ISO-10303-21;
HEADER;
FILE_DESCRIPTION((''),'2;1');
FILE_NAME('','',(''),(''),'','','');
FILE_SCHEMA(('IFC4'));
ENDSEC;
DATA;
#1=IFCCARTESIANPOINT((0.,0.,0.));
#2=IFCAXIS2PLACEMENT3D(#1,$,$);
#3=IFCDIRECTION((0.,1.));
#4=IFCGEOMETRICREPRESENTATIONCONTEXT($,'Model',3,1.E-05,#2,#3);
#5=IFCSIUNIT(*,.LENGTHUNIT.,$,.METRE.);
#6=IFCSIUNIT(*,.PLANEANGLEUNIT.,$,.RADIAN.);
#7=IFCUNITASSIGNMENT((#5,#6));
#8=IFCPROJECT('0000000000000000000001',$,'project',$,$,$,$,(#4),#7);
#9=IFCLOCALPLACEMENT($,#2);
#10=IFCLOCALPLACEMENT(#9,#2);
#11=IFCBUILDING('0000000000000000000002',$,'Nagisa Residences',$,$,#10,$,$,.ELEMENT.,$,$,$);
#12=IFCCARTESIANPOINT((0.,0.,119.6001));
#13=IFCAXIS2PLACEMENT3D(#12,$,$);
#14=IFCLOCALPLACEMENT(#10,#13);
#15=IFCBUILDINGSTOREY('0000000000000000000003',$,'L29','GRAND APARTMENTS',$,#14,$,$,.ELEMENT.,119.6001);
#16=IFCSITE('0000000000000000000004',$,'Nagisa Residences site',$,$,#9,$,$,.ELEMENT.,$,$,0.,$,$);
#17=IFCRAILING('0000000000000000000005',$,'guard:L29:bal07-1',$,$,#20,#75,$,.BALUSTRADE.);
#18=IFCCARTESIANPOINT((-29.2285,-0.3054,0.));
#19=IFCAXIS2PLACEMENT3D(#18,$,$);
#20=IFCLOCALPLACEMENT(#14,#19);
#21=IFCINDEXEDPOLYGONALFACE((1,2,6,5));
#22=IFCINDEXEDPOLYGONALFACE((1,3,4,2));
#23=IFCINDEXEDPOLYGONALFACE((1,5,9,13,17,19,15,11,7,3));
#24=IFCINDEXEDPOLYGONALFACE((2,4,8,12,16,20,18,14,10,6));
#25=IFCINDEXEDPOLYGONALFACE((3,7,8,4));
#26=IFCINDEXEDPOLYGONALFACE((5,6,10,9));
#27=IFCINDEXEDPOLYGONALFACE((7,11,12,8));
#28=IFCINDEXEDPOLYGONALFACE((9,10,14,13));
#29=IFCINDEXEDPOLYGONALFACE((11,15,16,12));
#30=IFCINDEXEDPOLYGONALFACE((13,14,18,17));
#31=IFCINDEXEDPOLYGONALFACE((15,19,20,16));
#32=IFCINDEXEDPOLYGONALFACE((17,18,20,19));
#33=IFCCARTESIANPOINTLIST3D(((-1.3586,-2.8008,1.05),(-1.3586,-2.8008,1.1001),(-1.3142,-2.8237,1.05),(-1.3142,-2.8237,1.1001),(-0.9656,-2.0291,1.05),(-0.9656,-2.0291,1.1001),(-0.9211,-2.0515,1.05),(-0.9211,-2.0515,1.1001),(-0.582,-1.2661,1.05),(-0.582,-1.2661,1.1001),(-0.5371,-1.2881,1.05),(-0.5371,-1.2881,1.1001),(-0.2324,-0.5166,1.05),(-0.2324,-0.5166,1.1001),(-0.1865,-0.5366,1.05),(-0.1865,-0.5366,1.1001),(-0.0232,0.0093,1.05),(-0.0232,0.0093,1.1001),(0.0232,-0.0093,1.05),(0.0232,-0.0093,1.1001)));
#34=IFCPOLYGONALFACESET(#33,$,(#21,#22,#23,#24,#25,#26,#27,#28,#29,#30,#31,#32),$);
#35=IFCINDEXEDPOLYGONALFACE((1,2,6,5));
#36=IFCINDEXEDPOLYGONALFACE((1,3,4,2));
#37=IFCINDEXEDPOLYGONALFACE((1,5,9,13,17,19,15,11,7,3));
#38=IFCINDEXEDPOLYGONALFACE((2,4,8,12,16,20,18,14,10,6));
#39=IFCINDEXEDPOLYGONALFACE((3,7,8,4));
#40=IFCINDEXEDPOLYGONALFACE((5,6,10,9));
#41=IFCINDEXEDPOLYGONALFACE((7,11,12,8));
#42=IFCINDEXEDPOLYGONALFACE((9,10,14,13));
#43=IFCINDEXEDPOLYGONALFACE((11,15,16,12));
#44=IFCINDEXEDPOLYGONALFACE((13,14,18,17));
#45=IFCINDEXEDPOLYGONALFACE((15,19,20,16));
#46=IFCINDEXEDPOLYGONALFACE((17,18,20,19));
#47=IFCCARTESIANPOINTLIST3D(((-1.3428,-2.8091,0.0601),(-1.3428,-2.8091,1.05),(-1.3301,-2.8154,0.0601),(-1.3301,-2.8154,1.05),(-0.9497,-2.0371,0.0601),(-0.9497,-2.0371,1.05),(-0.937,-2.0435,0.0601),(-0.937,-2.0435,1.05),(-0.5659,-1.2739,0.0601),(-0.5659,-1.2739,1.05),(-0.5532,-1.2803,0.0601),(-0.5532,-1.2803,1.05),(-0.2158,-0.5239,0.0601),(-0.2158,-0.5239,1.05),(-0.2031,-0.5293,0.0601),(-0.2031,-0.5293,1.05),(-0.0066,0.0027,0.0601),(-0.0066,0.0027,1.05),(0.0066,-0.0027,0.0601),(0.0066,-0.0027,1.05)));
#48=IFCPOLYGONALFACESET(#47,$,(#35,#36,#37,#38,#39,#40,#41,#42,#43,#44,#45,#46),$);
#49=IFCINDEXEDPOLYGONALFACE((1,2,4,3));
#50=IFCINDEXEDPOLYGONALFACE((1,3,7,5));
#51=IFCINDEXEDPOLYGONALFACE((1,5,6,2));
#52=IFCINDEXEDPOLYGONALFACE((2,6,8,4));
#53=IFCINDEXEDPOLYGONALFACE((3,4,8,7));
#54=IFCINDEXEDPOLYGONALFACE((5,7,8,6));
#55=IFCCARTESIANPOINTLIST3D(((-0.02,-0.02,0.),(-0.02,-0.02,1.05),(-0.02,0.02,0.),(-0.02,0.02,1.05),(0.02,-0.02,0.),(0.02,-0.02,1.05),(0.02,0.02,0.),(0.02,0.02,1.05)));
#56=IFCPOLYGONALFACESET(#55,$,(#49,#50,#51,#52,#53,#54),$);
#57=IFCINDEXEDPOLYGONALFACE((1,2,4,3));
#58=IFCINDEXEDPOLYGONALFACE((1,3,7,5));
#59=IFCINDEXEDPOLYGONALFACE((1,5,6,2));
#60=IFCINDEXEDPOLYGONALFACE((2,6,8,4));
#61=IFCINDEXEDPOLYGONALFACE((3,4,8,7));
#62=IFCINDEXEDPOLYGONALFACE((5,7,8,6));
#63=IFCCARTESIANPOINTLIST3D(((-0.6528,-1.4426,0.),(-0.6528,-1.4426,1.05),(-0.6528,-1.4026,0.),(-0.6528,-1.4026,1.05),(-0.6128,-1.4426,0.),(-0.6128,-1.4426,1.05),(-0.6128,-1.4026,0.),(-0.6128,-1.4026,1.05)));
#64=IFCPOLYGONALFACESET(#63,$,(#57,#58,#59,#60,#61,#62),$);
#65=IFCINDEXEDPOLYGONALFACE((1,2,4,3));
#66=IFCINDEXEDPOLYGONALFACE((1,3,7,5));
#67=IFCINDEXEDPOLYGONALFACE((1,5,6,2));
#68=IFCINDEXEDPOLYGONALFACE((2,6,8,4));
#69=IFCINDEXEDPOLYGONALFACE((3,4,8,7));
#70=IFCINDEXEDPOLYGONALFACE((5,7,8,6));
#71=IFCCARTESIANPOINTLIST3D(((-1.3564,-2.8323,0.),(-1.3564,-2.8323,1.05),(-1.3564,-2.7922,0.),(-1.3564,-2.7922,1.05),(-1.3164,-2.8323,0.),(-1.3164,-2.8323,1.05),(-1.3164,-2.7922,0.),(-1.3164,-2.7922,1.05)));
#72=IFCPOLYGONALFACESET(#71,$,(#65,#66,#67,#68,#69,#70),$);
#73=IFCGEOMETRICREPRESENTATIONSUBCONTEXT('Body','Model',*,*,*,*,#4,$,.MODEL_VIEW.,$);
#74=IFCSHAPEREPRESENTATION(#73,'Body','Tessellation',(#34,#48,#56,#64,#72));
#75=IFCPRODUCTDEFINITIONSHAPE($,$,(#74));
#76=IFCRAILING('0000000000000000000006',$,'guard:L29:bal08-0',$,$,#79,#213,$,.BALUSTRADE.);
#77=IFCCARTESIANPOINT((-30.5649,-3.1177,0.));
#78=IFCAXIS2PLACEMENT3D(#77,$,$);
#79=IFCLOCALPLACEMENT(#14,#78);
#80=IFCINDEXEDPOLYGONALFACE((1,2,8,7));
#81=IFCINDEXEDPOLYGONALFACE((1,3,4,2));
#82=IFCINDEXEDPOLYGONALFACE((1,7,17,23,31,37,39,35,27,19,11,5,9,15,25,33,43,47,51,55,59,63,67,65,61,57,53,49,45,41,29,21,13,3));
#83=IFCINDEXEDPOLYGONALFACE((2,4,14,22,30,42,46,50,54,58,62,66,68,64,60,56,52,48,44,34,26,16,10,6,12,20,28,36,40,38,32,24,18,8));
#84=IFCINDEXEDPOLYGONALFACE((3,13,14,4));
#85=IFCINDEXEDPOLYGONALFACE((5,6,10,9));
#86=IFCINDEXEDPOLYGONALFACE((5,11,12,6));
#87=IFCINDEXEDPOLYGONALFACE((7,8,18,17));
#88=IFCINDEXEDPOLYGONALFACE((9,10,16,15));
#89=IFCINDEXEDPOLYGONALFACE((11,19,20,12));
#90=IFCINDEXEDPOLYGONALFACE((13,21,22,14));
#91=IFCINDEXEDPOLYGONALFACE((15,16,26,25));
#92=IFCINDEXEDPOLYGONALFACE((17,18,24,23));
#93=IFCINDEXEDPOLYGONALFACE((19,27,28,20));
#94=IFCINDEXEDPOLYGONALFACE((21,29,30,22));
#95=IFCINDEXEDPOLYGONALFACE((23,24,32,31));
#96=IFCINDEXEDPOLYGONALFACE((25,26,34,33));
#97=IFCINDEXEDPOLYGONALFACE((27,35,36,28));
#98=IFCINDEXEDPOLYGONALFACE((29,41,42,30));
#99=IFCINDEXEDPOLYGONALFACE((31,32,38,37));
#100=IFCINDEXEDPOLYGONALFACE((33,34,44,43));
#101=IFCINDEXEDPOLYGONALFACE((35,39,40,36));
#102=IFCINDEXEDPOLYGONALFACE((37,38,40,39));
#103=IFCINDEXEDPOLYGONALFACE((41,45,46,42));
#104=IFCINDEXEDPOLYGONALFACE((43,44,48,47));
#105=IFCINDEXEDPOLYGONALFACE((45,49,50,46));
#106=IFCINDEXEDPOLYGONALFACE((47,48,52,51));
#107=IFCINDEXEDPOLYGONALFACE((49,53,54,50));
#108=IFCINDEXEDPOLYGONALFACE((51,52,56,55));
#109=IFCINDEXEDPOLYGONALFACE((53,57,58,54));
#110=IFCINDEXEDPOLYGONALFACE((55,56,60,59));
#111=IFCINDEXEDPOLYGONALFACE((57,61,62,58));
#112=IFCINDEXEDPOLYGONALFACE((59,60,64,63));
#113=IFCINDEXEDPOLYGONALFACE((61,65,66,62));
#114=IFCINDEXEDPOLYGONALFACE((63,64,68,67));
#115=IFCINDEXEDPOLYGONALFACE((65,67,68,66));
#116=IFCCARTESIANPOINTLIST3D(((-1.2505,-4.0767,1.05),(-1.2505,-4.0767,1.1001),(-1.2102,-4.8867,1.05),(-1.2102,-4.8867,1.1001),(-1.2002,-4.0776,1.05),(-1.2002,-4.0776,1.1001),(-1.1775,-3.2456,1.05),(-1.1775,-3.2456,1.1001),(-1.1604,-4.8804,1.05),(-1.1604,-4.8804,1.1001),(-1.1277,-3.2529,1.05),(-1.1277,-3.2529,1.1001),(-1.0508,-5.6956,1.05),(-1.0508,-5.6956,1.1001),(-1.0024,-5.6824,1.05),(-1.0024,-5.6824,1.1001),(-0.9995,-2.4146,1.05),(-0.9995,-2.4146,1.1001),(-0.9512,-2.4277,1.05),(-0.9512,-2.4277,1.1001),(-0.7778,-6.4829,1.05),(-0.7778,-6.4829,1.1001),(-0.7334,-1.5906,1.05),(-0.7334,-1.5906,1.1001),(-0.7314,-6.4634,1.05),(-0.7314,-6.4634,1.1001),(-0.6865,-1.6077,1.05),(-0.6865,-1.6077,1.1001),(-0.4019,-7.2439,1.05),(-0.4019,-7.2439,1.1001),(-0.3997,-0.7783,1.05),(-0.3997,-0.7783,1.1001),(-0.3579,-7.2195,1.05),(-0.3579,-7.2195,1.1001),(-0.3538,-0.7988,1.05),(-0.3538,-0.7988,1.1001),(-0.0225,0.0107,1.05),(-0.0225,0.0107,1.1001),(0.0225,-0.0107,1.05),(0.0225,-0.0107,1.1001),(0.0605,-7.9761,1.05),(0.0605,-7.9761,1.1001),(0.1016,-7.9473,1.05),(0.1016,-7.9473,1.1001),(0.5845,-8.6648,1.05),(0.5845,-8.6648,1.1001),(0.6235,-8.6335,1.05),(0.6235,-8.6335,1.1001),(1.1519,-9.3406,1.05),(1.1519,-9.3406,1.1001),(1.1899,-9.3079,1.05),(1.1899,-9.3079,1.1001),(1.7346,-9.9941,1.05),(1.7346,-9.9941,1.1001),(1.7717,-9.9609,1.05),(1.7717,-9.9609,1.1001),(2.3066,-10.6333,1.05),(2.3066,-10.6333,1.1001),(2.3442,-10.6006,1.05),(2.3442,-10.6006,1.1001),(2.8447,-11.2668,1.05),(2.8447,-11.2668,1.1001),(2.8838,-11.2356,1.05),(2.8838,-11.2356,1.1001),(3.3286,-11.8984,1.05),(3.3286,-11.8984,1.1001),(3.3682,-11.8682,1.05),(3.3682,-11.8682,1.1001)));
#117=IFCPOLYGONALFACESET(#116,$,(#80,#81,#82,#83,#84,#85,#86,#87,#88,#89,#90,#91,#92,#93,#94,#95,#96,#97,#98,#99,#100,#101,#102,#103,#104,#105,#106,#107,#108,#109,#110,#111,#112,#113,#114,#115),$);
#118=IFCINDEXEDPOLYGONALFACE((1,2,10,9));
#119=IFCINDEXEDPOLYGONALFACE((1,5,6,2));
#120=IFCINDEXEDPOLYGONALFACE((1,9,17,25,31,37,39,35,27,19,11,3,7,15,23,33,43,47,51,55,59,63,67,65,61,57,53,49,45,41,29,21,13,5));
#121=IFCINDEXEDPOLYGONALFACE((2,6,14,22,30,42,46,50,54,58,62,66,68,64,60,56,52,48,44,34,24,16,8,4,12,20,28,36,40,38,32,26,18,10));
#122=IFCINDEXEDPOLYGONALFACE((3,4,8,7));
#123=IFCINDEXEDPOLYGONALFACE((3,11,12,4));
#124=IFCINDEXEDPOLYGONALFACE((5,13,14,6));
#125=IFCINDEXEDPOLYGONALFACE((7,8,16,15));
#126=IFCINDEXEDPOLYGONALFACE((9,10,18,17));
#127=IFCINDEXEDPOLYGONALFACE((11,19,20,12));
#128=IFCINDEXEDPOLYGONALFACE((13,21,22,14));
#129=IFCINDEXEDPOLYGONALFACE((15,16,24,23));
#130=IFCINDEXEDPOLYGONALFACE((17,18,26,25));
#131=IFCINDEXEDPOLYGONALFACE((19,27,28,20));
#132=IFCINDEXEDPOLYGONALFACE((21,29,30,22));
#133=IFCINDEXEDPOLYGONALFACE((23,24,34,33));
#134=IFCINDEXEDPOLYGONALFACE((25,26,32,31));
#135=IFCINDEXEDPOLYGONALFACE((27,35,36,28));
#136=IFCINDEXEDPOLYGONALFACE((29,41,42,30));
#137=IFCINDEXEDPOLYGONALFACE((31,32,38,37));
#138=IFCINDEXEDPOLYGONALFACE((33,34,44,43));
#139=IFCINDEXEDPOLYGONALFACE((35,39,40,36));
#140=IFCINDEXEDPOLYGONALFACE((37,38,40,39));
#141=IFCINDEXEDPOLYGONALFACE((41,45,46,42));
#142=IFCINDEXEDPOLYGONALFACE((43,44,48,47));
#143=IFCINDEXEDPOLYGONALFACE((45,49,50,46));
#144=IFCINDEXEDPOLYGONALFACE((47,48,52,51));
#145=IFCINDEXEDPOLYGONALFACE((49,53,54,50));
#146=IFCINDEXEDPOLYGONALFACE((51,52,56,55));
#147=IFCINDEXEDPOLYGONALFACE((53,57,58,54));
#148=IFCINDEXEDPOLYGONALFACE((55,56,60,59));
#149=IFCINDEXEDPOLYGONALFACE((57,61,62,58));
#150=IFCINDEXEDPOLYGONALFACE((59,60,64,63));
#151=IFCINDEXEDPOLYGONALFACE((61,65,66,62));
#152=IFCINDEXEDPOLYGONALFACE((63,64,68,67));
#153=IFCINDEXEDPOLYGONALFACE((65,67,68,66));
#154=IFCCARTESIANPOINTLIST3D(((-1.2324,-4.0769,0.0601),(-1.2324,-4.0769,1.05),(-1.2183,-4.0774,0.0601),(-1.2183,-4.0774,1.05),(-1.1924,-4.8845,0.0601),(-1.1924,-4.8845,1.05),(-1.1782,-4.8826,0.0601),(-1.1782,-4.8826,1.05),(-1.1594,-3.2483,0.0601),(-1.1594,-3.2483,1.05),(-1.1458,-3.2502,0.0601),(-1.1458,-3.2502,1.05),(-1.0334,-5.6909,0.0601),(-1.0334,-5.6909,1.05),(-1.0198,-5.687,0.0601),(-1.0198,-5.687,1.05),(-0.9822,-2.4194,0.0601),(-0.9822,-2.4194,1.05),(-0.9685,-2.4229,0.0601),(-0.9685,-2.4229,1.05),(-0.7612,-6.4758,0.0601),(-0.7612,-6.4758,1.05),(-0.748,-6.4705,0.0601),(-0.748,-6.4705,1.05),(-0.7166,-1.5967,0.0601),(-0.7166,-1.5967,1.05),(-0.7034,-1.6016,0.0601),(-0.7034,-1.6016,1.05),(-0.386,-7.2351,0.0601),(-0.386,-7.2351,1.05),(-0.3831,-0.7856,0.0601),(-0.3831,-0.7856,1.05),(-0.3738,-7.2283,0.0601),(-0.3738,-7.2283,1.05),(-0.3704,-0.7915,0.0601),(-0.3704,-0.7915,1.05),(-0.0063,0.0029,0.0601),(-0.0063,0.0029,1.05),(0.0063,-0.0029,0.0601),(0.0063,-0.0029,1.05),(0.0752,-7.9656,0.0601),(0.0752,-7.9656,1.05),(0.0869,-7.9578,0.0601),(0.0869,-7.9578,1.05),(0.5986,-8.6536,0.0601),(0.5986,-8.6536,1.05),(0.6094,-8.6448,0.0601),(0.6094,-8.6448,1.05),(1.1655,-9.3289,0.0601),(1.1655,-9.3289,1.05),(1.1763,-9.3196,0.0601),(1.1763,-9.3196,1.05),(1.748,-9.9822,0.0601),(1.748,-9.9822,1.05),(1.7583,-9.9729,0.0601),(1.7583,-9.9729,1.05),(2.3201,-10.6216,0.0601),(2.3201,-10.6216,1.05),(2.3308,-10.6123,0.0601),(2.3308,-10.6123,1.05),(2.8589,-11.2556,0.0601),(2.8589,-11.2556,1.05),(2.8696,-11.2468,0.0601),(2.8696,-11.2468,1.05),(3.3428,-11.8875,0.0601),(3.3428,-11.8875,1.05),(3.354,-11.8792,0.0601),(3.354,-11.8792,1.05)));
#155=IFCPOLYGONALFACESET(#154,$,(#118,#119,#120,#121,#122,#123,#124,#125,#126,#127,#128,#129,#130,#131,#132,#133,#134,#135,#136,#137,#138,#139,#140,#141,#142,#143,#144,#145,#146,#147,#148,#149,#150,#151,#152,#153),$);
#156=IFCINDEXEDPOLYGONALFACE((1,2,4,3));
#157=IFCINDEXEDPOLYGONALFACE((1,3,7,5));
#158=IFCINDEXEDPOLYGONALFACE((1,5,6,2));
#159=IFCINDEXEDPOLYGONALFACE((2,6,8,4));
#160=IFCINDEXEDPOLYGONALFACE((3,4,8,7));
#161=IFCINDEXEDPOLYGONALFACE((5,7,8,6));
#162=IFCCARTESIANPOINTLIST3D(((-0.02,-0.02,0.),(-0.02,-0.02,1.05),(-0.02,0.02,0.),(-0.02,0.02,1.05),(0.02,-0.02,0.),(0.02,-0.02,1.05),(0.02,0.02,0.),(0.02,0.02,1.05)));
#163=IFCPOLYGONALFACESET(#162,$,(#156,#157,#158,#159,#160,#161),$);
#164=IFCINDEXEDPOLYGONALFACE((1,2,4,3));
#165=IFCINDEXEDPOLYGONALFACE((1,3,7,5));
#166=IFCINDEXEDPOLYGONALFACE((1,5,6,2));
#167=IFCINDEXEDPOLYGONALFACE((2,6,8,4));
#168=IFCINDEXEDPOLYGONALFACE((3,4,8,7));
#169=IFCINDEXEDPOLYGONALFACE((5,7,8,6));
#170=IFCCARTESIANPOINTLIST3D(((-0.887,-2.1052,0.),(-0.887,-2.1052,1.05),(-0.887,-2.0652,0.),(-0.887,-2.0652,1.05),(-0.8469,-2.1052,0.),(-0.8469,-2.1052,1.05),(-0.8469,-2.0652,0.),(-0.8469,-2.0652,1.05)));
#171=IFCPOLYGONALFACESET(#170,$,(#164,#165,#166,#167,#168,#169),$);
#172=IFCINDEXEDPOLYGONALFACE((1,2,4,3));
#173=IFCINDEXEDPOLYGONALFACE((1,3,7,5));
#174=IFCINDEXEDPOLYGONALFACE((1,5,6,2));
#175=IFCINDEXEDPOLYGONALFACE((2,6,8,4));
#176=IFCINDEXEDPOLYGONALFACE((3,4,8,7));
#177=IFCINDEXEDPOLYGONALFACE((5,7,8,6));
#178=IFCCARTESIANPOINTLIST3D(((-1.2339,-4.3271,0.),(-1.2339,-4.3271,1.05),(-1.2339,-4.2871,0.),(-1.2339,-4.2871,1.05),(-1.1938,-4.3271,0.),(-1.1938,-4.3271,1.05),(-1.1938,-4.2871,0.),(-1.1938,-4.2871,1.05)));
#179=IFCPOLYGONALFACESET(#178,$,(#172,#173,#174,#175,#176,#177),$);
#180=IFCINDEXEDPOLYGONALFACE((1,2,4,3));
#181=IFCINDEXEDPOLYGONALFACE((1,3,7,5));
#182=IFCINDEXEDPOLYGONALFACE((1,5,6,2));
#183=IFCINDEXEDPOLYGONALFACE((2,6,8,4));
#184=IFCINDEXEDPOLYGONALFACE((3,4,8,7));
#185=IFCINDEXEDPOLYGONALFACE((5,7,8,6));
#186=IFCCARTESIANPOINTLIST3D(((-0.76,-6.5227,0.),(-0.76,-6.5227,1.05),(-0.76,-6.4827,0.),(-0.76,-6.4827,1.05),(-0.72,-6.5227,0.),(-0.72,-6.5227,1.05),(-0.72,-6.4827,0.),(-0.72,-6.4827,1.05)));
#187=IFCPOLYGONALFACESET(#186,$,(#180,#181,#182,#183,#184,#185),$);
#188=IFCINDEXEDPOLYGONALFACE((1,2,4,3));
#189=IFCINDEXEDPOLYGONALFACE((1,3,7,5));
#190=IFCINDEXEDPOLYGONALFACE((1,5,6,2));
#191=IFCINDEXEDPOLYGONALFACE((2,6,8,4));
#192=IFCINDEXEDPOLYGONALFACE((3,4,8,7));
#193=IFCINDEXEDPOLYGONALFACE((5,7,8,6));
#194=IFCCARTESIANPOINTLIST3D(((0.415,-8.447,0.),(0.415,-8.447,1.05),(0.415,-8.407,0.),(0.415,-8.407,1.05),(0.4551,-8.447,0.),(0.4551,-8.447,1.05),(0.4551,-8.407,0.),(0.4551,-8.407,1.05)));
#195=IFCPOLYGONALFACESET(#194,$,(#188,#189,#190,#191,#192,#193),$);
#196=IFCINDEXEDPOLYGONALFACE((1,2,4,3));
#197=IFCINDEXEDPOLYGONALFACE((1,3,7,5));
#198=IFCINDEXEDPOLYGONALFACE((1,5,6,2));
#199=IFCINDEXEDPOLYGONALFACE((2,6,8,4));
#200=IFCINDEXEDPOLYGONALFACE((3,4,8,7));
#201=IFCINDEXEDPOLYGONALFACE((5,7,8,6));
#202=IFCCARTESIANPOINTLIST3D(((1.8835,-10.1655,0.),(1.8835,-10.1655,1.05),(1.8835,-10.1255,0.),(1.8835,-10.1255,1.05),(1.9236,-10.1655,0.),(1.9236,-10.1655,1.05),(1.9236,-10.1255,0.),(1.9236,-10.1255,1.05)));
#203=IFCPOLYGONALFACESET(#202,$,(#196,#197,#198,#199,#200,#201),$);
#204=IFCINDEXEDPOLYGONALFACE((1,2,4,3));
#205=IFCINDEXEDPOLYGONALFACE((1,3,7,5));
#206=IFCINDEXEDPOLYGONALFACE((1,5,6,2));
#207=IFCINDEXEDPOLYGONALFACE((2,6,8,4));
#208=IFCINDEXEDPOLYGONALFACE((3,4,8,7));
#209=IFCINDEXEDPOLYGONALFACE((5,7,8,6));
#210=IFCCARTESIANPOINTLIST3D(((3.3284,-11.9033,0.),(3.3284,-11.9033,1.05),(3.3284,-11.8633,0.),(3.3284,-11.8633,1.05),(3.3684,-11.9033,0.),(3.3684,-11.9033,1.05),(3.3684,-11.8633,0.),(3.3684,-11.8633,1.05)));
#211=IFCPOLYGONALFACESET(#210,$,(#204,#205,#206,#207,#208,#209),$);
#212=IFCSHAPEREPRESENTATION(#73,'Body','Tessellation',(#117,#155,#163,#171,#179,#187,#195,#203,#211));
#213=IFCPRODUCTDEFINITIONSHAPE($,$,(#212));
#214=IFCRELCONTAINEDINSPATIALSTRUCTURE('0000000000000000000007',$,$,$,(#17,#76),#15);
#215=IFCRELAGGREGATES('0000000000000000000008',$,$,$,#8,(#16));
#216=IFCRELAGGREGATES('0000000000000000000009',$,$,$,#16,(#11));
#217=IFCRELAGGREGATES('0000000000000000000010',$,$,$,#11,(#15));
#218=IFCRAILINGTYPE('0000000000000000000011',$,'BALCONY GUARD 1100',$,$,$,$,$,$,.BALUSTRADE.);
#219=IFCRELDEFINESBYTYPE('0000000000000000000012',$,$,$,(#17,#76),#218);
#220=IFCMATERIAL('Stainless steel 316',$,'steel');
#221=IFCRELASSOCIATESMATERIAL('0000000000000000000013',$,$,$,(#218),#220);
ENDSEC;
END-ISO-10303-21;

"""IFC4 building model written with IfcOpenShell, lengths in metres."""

from ifc_helpers import new_model, si_unit, direction, frame, origin, origin_2d, place, context, subcontext, project, spatial, polyline, rectangle, outline, extrude, material, type_object, element, save


model = new_model("IFC4")

# Units and contexts
model_context = context("Model", 3, precision=1e-05, world=origin(), true_north=direction((0.0, 1.0)))
body_context = subcontext(model_context, "Body", "Model", "MODEL_VIEW")
ifc_project = project(units=[si_unit("LENGTHUNIT", "METRE"), si_unit("PLANEANGLEUNIT", "RADIAN")], contexts=[model_context])

# Site, building, storey
site_placement = place(None, origin())
site = spatial("IfcSite", under=ifc_project, at=site_placement, Name="Nagisa Residences site", CompositionType="ELEMENT", RefElevation=0.0)
building_placement = place(site_placement, origin())
building = spatial("IfcBuilding", under=site, at=building_placement, Name="Nagisa Residences", CompositionType="ELEMENT")
storey_placement = place(building_placement, frame((0.0, 0.0, 119.6001)))
storey = spatial("IfcBuildingStorey", under=building, at=storey_placement, Name="L29", Description="GRAND APARTMENTS", CompositionType="ELEMENT", Elevation=119.6001)

# Railings
ifc_material_1 = material(Name="Stainless steel 316", Category="steel")
railing_type_1 = type_object("IfcRailingType", Name="BALCONY GUARD 1100", PredefinedType="BALUSTRADE", material=ifc_material_1)
railing_1_placement = place(storey_placement, frame((-29.2285, -0.3054, 0.0)))
element("IfcRailing", 1, at=railing_1_placement, inside=storey, type_object=railing_type_1, Name="guard:L29:bal07-1", PredefinedType="BALUSTRADE", context=body_context, shape_type="SweptSolid", body=[
    extrude(outline(polyline([(-0.1865, -0.5366), (0.0232, -0.0093), (-0.0232, 0.0093), (-0.2324, -0.5166), (-0.582, -1.2661), (-0.9656, -2.0291), (-1.3586, -2.8008), (-1.3142, -2.8237), (-0.9211, -2.0515), (-0.5371, -1.2881), (-0.1865, -0.5366)])), frame((0.0, 0.0, 1.05)), (0.0, 0.0, 1.0), 0.05),
    extrude(outline(polyline([(-0.2031, -0.5293), (0.0066, -0.0027), (-0.0066, 0.0027), (-0.2158, -0.5239), (-0.5659, -1.2739), (-0.9497, -2.0371), (-1.3428, -2.8091), (-1.3301, -2.8154), (-0.937, -2.0435), (-0.5532, -1.2803), (-0.2031, -0.5293)])), frame((0.0, 0.0, 0.0601)), (0.0, 0.0, 1.0), 0.99),
    extrude(rectangle(XDim=0.04, YDim=0.04, at=origin_2d()), origin(), (0.0, 0.0, 1.0), 1.05),
    extrude(rectangle(XDim=0.04, YDim=0.04, at=origin_2d()), frame((-0.6328, -1.4226, 0.0)), (0.0, 0.0, 1.0), 1.05),
    extrude(rectangle(XDim=0.04, YDim=0.04, at=origin_2d()), frame((-1.3364, -2.8123, 0.0)), (0.0, 0.0, 1.0), 1.05),
])
railing_2_placement = place(storey_placement, frame((-30.5649, -3.1177, 0.0)))
element("IfcRailing", 2, at=railing_2_placement, inside=storey, type_object=railing_type_1, Name="guard:L29:bal08-0", PredefinedType="BALUSTRADE", context=body_context, shape_type="SweptSolid", body=[
    extrude(outline(polyline([(-0.3538, -0.7988), (0.0225, -0.0107), (-0.0225, 0.0107), (-0.3997, -0.7783), (-0.7334, -1.5906), (-0.9995, -2.4146), (-1.1775, -3.2456), (-1.2505, -4.0767), (-1.2102, -4.8867), (-1.0508, -5.6956), (-0.7778, -6.4829), (-0.4019, -7.2439), (0.0605, -7.9761), (0.5845, -8.6648), (1.1519, -9.3406), (1.7346, -9.9941), (2.3066, -10.6333), (2.8447, -11.2668), (3.3286, -11.8984), (3.3682, -11.8682), (2.8838, -11.2356), (2.3442, -10.6006), (1.7717, -9.9609), (1.1899, -9.3079), (0.6235, -8.6335), (0.1016, -7.9473), (-0.3579, -7.2195), (-0.7314, -6.4634), (-1.0024, -5.6824), (-1.1604, -4.8804), (-1.2002, -4.0776), (-1.1277, -3.2529), (-0.9512, -2.4277), (-0.6865, -1.6077), (-0.3538, -0.7988)])), frame((0.0, 0.0, 1.05)), (0.0, 0.0, 1.0), 0.05),
    extrude(outline(polyline([(-0.3704, -0.7915), (0.0063, -0.0029), (-0.0063, 0.0029), (-0.3831, -0.7856), (-0.7166, -1.5967), (-0.9822, -2.4194), (-1.1594, -3.2483), (-1.2324, -4.0769), (-1.1924, -4.8845), (-1.0334, -5.6909), (-0.7612, -6.4758), (-0.386, -7.2351), (0.0752, -7.9656), (0.5986, -8.6536), (1.1655, -9.3289), (1.748, -9.9822), (2.3201, -10.6216), (2.8589, -11.2556), (3.3428, -11.8875), (3.354, -11.8792), (2.8696, -11.2468), (2.3308, -10.6123), (1.7583, -9.9729), (1.1763, -9.3196), (0.6094, -8.6448), (0.0869, -7.9578), (-0.3738, -7.2283), (-0.748, -6.4705), (-1.0198, -5.687), (-1.1782, -4.8826), (-1.2183, -4.0774), (-1.1458, -3.2502), (-0.9685, -2.4229), (-0.7034, -1.6016), (-0.3704, -0.7915)])), frame((0.0, 0.0, 0.0601)), (0.0, 0.0, 1.0), 0.99),
    extrude(rectangle(XDim=0.04, YDim=0.04, at=origin_2d()), origin(), (0.0, 0.0, 1.0), 1.05),
    extrude(rectangle(XDim=0.04, YDim=0.04, at=origin_2d()), frame((-0.8669, -2.0852, 0.0)), (0.0, 0.0, 1.0), 1.05),
    extrude(rectangle(XDim=0.04, YDim=0.04, at=origin_2d()), frame((-1.2139, -4.3071, 0.0)), (0.0, 0.0, 1.0), 1.05),
    extrude(rectangle(XDim=0.04, YDim=0.04, at=origin_2d()), frame((-0.74, -6.5027, 0.0)), (0.0, 0.0, 1.0), 1.05),
    extrude(rectangle(XDim=0.04, YDim=0.04, at=origin_2d()), frame((0.4351, -8.427, 0.0)), (0.0, 0.0, 1.0), 1.05),
    extrude(rectangle(XDim=0.04, YDim=0.04, at=origin_2d()), frame((1.9036, -10.1455, 0.0)), (0.0, 0.0, 1.0), 1.05),
    extrude(rectangle(XDim=0.04, YDim=0.04, at=origin_2d()), frame((3.3484, -11.8833, 0.0)), (0.0, 0.0, 1.0), 1.05),
])

save(model, "model.ifc")
